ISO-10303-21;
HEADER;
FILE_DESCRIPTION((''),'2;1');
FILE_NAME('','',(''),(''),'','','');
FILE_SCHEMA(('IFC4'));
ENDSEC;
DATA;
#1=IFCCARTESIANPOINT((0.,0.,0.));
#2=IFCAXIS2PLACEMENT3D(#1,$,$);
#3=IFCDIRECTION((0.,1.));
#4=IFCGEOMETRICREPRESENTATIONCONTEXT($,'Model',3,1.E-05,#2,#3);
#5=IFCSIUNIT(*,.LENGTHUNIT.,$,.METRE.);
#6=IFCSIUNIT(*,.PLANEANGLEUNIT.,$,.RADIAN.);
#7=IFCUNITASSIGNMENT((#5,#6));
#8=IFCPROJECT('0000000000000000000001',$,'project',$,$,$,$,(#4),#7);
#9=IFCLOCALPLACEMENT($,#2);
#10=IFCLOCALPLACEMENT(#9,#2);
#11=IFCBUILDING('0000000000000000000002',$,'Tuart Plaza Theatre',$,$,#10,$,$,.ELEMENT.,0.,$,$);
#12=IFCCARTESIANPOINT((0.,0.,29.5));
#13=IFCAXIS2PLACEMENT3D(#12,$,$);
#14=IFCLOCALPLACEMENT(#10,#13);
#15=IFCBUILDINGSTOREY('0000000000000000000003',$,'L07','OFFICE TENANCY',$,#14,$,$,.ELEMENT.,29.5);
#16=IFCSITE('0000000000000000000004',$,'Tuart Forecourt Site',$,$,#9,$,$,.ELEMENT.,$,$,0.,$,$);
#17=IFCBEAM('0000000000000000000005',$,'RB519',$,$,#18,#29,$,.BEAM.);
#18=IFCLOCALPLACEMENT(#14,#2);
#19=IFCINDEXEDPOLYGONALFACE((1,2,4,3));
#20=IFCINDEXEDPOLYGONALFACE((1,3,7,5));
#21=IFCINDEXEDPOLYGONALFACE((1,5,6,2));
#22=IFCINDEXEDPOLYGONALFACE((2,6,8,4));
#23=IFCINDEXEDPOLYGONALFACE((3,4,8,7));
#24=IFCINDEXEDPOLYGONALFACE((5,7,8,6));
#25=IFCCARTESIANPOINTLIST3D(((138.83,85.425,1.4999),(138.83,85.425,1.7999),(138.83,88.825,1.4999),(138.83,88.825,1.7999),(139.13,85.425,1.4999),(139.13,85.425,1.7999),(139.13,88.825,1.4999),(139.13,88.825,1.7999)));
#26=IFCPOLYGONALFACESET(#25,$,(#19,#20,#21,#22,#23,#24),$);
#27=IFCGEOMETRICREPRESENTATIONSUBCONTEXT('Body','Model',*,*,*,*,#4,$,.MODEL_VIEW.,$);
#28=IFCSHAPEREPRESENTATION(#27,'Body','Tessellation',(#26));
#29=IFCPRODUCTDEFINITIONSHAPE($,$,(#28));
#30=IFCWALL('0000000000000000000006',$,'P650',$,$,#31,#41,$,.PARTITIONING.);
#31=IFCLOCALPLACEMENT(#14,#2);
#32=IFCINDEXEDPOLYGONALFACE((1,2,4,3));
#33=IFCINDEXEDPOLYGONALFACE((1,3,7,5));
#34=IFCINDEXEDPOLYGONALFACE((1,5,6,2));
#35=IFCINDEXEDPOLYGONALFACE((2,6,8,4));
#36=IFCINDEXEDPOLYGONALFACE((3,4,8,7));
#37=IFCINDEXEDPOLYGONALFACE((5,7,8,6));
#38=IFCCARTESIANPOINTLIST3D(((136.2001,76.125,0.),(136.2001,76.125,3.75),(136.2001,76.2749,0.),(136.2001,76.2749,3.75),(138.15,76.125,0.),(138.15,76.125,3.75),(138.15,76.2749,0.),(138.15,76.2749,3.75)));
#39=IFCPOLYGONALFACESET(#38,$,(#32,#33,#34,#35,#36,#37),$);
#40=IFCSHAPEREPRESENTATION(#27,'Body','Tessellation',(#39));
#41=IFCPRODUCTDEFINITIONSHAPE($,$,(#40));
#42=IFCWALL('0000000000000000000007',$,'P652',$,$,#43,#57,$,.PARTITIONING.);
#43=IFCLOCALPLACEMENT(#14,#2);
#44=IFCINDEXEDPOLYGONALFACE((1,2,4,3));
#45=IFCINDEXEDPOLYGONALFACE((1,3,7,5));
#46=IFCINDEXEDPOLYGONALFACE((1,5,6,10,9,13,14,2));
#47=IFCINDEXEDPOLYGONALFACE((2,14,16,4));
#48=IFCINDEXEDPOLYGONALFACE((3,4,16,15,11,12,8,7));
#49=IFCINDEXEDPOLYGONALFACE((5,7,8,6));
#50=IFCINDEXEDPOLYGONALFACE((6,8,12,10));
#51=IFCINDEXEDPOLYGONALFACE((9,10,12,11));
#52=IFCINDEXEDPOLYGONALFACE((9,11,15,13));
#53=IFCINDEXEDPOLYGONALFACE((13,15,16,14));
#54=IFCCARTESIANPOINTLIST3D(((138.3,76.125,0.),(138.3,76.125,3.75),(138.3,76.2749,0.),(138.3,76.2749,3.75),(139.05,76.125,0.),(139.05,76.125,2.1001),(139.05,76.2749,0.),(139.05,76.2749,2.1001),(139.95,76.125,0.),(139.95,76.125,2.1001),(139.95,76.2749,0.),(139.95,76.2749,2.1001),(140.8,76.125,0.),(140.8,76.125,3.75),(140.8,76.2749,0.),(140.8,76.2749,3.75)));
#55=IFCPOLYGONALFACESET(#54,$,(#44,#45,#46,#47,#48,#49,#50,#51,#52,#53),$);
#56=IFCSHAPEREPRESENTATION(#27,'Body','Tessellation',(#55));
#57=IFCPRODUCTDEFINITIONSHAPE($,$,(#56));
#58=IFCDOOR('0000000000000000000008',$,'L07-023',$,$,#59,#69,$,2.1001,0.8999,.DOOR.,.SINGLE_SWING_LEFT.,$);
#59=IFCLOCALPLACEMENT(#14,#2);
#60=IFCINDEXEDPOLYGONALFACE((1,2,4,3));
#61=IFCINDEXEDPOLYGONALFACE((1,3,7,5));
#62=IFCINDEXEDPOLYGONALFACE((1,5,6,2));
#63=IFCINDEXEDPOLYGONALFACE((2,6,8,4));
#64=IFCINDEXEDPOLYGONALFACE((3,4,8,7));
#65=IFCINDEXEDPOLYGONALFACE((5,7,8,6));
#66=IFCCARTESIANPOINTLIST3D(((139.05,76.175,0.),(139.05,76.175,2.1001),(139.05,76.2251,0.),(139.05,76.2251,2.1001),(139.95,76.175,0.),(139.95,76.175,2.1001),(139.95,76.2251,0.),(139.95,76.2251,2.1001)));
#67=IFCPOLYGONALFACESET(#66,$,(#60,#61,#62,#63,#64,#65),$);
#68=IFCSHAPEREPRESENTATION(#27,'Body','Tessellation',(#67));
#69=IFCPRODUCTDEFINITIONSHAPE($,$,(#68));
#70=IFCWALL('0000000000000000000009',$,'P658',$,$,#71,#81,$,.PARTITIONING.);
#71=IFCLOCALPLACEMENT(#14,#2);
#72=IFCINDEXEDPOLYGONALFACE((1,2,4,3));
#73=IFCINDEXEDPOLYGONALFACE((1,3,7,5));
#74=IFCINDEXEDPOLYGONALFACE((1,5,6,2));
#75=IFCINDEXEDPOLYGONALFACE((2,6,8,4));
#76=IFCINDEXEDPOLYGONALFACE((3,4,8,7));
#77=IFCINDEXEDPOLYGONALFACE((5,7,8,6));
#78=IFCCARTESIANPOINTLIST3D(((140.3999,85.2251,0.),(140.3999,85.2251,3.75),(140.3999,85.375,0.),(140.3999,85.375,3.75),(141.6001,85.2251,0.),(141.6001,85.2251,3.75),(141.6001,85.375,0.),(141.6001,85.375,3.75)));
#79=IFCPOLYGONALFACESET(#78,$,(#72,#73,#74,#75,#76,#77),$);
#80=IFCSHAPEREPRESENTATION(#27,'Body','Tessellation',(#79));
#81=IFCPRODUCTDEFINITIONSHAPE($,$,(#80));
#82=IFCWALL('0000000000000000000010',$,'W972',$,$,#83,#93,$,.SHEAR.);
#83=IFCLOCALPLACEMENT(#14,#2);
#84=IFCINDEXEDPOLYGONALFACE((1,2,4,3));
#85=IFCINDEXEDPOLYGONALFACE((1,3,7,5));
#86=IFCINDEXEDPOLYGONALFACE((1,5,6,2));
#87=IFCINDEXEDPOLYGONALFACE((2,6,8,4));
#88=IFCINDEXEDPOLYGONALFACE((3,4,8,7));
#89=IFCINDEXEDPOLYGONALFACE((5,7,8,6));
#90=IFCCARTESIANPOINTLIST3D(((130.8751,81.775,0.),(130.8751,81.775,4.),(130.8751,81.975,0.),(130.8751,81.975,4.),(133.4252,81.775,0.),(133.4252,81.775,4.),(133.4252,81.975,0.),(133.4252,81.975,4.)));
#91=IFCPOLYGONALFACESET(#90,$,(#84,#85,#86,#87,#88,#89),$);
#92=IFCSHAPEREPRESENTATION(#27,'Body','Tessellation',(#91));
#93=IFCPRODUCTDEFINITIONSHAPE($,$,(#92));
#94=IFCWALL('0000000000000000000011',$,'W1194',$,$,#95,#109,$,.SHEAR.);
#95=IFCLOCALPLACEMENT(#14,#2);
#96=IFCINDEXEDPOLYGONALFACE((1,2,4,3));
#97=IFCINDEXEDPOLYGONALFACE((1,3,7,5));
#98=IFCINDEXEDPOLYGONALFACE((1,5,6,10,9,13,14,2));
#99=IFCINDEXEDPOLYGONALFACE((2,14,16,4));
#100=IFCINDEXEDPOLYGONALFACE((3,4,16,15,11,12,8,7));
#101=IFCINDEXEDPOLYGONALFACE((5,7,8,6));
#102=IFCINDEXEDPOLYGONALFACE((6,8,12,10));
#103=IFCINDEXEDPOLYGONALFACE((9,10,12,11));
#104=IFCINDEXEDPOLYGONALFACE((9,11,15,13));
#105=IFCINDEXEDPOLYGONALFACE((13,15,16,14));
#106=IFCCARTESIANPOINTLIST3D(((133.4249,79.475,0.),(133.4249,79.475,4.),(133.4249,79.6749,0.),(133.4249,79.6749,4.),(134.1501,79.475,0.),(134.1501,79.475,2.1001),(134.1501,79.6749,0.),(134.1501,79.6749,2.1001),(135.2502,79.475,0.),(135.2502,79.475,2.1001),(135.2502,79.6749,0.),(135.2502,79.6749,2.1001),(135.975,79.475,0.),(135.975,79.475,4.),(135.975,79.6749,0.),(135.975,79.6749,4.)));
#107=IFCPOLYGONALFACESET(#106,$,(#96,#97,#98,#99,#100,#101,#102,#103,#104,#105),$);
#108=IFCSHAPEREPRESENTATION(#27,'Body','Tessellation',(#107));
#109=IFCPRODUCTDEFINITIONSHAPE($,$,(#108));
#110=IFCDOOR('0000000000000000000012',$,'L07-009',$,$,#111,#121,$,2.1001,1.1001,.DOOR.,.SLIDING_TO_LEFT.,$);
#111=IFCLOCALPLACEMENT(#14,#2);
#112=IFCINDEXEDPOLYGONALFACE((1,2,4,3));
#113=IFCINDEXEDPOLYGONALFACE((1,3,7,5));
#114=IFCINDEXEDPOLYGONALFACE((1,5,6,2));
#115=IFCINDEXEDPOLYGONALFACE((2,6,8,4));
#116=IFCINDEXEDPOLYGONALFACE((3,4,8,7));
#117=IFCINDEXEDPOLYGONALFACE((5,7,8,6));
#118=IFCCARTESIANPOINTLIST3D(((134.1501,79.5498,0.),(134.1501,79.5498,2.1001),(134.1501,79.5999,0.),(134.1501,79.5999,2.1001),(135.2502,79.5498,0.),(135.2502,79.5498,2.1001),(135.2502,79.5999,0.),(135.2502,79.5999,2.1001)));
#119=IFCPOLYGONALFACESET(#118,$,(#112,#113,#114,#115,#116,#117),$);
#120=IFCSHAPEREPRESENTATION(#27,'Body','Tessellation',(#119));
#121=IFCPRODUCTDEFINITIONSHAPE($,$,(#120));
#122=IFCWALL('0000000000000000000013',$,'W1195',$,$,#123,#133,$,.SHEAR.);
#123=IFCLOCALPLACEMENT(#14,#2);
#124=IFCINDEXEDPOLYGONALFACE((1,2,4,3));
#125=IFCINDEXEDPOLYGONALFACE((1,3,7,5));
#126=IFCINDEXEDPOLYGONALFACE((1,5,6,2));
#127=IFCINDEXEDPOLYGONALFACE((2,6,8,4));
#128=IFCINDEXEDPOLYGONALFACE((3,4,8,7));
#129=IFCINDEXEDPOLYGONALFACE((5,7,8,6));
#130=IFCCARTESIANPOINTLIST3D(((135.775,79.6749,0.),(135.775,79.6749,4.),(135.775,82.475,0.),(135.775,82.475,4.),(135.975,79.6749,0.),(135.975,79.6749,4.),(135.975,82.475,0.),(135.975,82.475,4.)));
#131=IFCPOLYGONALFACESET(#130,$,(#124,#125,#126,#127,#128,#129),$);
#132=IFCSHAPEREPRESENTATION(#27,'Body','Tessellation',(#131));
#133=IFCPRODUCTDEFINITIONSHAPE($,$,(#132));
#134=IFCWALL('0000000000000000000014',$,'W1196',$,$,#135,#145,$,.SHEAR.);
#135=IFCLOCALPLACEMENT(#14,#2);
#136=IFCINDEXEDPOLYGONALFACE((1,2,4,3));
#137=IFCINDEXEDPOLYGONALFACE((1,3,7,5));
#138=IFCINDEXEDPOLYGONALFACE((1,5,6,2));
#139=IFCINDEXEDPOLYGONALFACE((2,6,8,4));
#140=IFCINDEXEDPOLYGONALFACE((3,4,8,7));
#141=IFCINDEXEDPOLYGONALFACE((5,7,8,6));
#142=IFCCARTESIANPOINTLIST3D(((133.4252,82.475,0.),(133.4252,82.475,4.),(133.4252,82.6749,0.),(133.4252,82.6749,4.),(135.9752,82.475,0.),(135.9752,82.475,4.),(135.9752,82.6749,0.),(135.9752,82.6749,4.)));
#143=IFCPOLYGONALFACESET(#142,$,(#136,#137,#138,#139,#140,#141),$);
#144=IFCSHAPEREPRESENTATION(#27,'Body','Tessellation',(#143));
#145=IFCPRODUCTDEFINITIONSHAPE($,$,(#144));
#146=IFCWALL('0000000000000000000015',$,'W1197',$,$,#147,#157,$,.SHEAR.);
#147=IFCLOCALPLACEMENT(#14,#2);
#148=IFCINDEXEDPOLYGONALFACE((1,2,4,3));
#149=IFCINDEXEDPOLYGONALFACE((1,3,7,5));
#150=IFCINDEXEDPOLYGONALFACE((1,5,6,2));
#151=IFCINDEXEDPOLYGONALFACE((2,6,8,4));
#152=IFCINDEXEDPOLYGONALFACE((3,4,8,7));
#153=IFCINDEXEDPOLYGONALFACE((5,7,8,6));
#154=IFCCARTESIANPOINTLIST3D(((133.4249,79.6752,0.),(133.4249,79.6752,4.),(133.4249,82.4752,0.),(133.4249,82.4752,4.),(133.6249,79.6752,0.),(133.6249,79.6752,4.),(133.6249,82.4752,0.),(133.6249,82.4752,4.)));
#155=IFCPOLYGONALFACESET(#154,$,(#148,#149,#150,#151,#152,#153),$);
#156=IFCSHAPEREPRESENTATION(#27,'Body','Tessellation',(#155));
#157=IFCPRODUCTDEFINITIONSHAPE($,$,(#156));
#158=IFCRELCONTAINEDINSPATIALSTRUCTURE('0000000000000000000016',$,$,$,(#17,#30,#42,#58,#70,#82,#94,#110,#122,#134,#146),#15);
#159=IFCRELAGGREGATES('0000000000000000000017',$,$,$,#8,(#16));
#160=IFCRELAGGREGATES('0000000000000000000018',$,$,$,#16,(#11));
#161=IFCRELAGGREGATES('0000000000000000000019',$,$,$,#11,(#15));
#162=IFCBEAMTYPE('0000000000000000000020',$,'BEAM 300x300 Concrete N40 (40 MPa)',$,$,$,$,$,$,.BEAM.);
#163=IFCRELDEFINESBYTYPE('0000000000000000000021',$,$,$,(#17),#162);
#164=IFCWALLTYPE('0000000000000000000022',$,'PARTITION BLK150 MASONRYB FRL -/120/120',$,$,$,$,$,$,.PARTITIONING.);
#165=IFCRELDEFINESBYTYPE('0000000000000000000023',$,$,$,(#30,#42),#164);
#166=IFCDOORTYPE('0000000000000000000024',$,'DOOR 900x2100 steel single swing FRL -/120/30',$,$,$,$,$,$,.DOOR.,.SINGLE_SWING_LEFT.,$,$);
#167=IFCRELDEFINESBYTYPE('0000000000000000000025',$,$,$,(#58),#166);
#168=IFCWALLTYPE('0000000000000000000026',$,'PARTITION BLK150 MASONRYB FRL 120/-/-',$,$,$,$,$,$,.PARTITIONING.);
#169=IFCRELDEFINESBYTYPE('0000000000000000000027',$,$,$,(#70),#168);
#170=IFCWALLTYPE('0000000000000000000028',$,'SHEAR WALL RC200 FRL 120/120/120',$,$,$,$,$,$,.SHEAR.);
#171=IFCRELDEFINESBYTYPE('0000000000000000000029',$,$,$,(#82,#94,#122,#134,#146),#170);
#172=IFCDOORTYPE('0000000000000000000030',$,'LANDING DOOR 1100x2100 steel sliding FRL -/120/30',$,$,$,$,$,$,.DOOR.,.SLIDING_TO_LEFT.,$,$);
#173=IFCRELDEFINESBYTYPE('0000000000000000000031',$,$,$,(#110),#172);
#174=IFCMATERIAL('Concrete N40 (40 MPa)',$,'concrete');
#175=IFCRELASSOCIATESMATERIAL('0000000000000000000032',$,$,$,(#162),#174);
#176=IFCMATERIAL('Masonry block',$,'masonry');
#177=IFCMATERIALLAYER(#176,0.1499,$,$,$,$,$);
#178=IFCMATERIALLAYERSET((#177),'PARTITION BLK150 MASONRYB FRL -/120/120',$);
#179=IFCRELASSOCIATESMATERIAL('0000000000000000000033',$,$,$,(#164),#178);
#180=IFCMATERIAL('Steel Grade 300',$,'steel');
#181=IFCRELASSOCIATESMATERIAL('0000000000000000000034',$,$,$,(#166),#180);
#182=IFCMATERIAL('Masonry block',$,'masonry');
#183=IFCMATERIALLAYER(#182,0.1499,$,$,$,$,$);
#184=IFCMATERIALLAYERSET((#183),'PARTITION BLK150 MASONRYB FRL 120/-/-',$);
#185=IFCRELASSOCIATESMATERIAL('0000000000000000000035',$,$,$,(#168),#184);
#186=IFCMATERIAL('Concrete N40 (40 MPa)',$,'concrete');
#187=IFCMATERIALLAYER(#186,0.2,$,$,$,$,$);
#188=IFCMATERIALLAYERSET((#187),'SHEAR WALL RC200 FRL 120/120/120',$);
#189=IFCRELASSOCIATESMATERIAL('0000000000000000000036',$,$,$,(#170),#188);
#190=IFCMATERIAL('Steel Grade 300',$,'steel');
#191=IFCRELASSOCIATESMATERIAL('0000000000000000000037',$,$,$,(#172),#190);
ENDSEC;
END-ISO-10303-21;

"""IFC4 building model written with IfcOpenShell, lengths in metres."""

from ifc_helpers import new_model, si_unit, direction, frame, frame_2d, origin, origin_2d, place, context, subcontext, project, spatial, rectangle, extrude, material, layer, layer_set, material_profile, profile_set, type_object, element, fill, save


model = new_model("IFC4")

# Units and contexts
model_context = context("Model", 3, precision=1e-05, world=origin(), true_north=direction((0.0, 1.0)))
body_context = subcontext(model_context, "Body", "Model", "MODEL_VIEW")
ifc_project = project(units=[si_unit("LENGTHUNIT", "METRE"), si_unit("PLANEANGLEUNIT", "RADIAN")], contexts=[model_context])

# Site, building, storey
site_placement = place(None, origin())
site = spatial("IfcSite", under=ifc_project, at=site_placement, Name="Tuart Forecourt Site", CompositionType="ELEMENT", RefElevation=0.0)
building_placement = place(site_placement, origin())
building = spatial("IfcBuilding", under=site, at=building_placement, Name="Tuart Plaza Theatre", CompositionType="ELEMENT", ElevationOfRefHeight=0.0)
storey_placement = place(building_placement, frame((0.0, 0.0, 29.5)))
storey = spatial("IfcBuildingStorey", under=building, at=storey_placement, Name="L07", Description="OFFICE TENANCY", CompositionType="ELEMENT", Elevation=29.5)

# Beam
ifc_material_1 = material(Name="Concrete N40 (40 MPa)", Category="concrete")
ifc_material_profile = material_profile(ifc_material_1, rectangle(XDim=0.3, YDim=0.3, at=origin_2d()), Name="BEAM 300x300 Concrete N40 (40 MPa)")
ifc_profile_set = profile_set([ifc_material_profile], Name="Concrete N40 (40 MPa)")
beam_type = type_object("IfcBeamType", Name="BEAM 300x300 Concrete N40 (40 MPa)", PredefinedType="BEAM", material=ifc_profile_set)
beam_placement = place(storey_placement, frame((138.98, 85.425, 1.6499), z_axis=(0.0, 1.0, 0.0), x_axis=(-1.0, 0.0, 0.0)))
element("IfcBeam", 1, at=beam_placement, inside=storey, type_object=beam_type, Name="RB519", PredefinedType="BEAM", context=body_context, shape_type="SweptSolid", body=[
    extrude(rectangle(XDim=0.3, YDim=0.3, at=origin_2d()), origin(), (0.0, 0.0, 1.0), 3.3999),
])

# Wall
ifc_material_2 = material(Name="Masonry block", Category="masonry")
ifc_layer_1 = layer(ifc_material_2, 0.1499)
ifc_layer_set_1 = layer_set([ifc_layer_1], Name="PARTITION BLK150 MASONRYB FRL -/120/120")
wall_type_1 = type_object("IfcWallType", Name="PARTITION BLK150 MASONRYB FRL -/120/120", PredefinedType="PARTITIONING", material=ifc_layer_set_1)
wall_1_placement = place(storey_placement, frame((136.2, 76.2, 0.0), z_axis=(0.0, 0.0, 1.0), x_axis=(1.0, 0.0, 0.0)))
element("IfcWall", 2, at=wall_1_placement, inside=storey, type_object=wall_type_1, Name="P650", PredefinedType="PARTITIONING", context=body_context, shape_type="SweptSolid", body=[
    extrude(rectangle(XDim=1.95, YDim=0.1499, at=frame_2d((0.9751, 0.0))), origin(), (0.0, 0.0, 1.0), 3.75),
])

# Wall, opening, door
wall_2_placement = place(storey_placement, frame((138.3, 76.2, 0.0), z_axis=(0.0, 0.0, 1.0), x_axis=(1.0, 0.0, 0.0)))
wall_2 = element("IfcWall", 3, at=wall_2_placement, inside=storey, type_object=wall_type_1, Name="P652", PredefinedType="PARTITIONING", context=body_context, shape_type="SweptSolid", body=[
    extrude(rectangle(XDim=2.5, YDim=0.1499, at=frame_2d((1.25, 0.0))), origin(), (0.0, 0.0, 1.0), 3.75),
])
opening_1_placement = place(wall_2_placement, frame((0.75, 0.0, 0.0)))
opening_1 = element("IfcOpeningElement", 4, at=opening_1_placement, cuts=wall_2, PredefinedType="OPENING", context=body_context, shape_type="SweptSolid", body=[
    extrude(rectangle(XDim=0.8999, YDim=2.1001, at=frame_2d((0.45, 1.05))), frame((0.0, 0.085, 0.0), z_axis=(0.0, -1.0, 0.0), x_axis=(1.0, 0.0, 0.0)), (0.0, 0.0, 1.0), 0.1699),
])
ifc_material_3 = material(Name="Steel Grade 300", Category="steel")
door_type_1 = type_object("IfcDoorType", Name="DOOR 900x2100 steel single swing FRL -/120/30", OperationType="SINGLE_SWING_LEFT", PredefinedType="DOOR", material=ifc_material_3)
door_1_placement = place(opening_1_placement, frame((0.8999, 0.0, 0.0), z_axis=(0.0, 0.0, 1.0), x_axis=(-1.0, 0.0, 0.0)))
door_1 = element("IfcDoor", 5, at=door_1_placement, inside=storey, type_object=door_type_1, Name="L07-023", OperationType="SINGLE_SWING_LEFT", OverallHeight=2.1001, OverallWidth=0.8999, PredefinedType="DOOR", context=body_context, shape_type="SweptSolid", body=[
    extrude(rectangle(XDim=0.8999, YDim=2.1001, at=frame_2d((0.45, 1.05))), frame((0.0, 0.0249, 0.0), z_axis=(0.0, -1.0, 0.0), x_axis=(1.0, 0.0, 0.0)), (0.0, 0.0, 1.0), 0.05),
])
fill(opening_1, door_1)

# Walls
ifc_material_4 = material(Name="Masonry block", Category="masonry")
ifc_layer_2 = layer(ifc_material_4, 0.1499)
ifc_layer_set_2 = layer_set([ifc_layer_2], Name="PARTITION BLK150 MASONRYB FRL 120/-/-")
wall_type_2 = type_object("IfcWallType", Name="PARTITION BLK150 MASONRYB FRL 120/-/-", PredefinedType="PARTITIONING", material=ifc_layer_set_2)
wall_3_placement = place(storey_placement, frame((140.3999, 85.3, 0.0), z_axis=(0.0, 0.0, 1.0), x_axis=(1.0, 0.0, 0.0)))
element("IfcWall", 6, at=wall_3_placement, inside=storey, type_object=wall_type_2, Name="P658", PredefinedType="PARTITIONING", context=body_context, shape_type="SweptSolid", body=[
    extrude(rectangle(XDim=1.2002, YDim=0.1499, at=frame_2d((0.6001, 0.0))), origin(), (0.0, 0.0, 1.0), 3.75),
])
ifc_material_5 = material(Name="Concrete N40 (40 MPa)", Category="concrete")
ifc_layer_3 = layer(ifc_material_5, 0.2)
ifc_layer_set_3 = layer_set([ifc_layer_3], Name="SHEAR WALL RC200 FRL 120/120/120")
wall_type_3 = type_object("IfcWallType", Name="SHEAR WALL RC200 FRL 120/120/120", PredefinedType="SHEAR", material=ifc_layer_set_3)
wall_4_placement = place(storey_placement, frame((133.425, 81.875, 0.0), z_axis=(0.0, 0.0, 1.0), x_axis=(-1.0, 0.0, 0.0)))
element("IfcWall", 7, at=wall_4_placement, inside=storey, type_object=wall_type_3, Name="W972", PredefinedType="SHEAR", context=body_context, shape_type="SweptSolid", body=[
    extrude(rectangle(XDim=2.55, YDim=0.2, at=frame_2d((1.2749, 0.0))), origin(), (0.0, 0.0, 1.0), 4.0),
])

# Wall, opening, door
wall_5_placement = place(storey_placement, frame((133.425, 79.575, 0.0), z_axis=(0.0, 0.0, 1.0), x_axis=(1.0, 0.0, 0.0)))
wall_5 = element("IfcWall", 8, at=wall_5_placement, inside=storey, type_object=wall_type_3, Name="W1194", PredefinedType="SHEAR", context=body_context, shape_type="SweptSolid", body=[
    extrude(rectangle(XDim=2.55, YDim=0.2, at=frame_2d((1.2749, 0.0))), origin(), (0.0, 0.0, 1.0), 4.0),
])
opening_2_placement = place(wall_5_placement, frame((0.7251, 0.0, 0.0)))
opening_2 = element("IfcOpeningElement", 9, at=opening_2_placement, cuts=wall_5, PredefinedType="OPENING", context=body_context, shape_type="SweptSolid", body=[
    extrude(rectangle(XDim=1.1001, YDim=2.1001, at=frame_2d((0.55, 1.05))), frame((0.0, 0.1099, 0.0), z_axis=(0.0, -1.0, 0.0), x_axis=(1.0, 0.0, 0.0)), (0.0, 0.0, 1.0), 0.22),
])
ifc_material_6 = material(Name="Steel Grade 300", Category="steel")
door_type_2 = type_object("IfcDoorType", Name="LANDING DOOR 1100x2100 steel sliding FRL -/120/30", OperationType="SLIDING_TO_LEFT", PredefinedType="DOOR", material=ifc_material_6)
door_2_placement = place(opening_2_placement, origin())
door_2 = element("IfcDoor", 10, at=door_2_placement, inside=storey, type_object=door_type_2, Name="L07-009", OperationType="SLIDING_TO_LEFT", OverallHeight=2.1001, OverallWidth=1.1001, PredefinedType="DOOR", context=body_context, shape_type="SweptSolid", body=[
    extrude(rectangle(XDim=1.1001, YDim=2.1001, at=frame_2d((0.55, 1.05))), frame((0.0, 0.0249, 0.0), z_axis=(0.0, -1.0, 0.0), x_axis=(1.0, 0.0, 0.0)), (0.0, 0.0, 1.0), 0.05),
])
fill(opening_2, door_2)

# Walls
wall_6_placement = place(storey_placement, frame((135.875, 79.675, 0.0), z_axis=(0.0, 0.0, 1.0), x_axis=(0.0, 1.0, 0.0)))
element("IfcWall", 11, at=wall_6_placement, inside=storey, type_object=wall_type_3, Name="W1195", PredefinedType="SHEAR", context=body_context, shape_type="SweptSolid", body=[
    extrude(rectangle(XDim=2.8, YDim=0.2, at=frame_2d((1.3999, 0.0))), origin(), (0.0, 0.0, 1.0), 4.0),
])
wall_7_placement = place(storey_placement, frame((135.9751, 82.575, 0.0), z_axis=(0.0, 0.0, 1.0), x_axis=(-1.0, 0.0, 0.0)))
element("IfcWall", 12, at=wall_7_placement, inside=storey, type_object=wall_type_3, Name="W1196", PredefinedType="SHEAR", context=body_context, shape_type="SweptSolid", body=[
    extrude(rectangle(XDim=2.55, YDim=0.2, at=frame_2d((1.2749, 0.0))), origin(), (0.0, 0.0, 1.0), 4.0),
])
wall_8_placement = place(storey_placement, frame((133.5249, 82.4751, 0.0), z_axis=(0.0, 0.0, 1.0), x_axis=(0.0, -1.0, 0.0)))
element("IfcWall", 13, at=wall_8_placement, inside=storey, type_object=wall_type_3, Name="W1197", PredefinedType="SHEAR", context=body_context, shape_type="SweptSolid", body=[
    extrude(rectangle(XDim=2.8, YDim=0.2, at=frame_2d((1.3999, 0.0))), origin(), (0.0, 0.0, 1.0), 4.0),
])

save(model, "model.ifc")
